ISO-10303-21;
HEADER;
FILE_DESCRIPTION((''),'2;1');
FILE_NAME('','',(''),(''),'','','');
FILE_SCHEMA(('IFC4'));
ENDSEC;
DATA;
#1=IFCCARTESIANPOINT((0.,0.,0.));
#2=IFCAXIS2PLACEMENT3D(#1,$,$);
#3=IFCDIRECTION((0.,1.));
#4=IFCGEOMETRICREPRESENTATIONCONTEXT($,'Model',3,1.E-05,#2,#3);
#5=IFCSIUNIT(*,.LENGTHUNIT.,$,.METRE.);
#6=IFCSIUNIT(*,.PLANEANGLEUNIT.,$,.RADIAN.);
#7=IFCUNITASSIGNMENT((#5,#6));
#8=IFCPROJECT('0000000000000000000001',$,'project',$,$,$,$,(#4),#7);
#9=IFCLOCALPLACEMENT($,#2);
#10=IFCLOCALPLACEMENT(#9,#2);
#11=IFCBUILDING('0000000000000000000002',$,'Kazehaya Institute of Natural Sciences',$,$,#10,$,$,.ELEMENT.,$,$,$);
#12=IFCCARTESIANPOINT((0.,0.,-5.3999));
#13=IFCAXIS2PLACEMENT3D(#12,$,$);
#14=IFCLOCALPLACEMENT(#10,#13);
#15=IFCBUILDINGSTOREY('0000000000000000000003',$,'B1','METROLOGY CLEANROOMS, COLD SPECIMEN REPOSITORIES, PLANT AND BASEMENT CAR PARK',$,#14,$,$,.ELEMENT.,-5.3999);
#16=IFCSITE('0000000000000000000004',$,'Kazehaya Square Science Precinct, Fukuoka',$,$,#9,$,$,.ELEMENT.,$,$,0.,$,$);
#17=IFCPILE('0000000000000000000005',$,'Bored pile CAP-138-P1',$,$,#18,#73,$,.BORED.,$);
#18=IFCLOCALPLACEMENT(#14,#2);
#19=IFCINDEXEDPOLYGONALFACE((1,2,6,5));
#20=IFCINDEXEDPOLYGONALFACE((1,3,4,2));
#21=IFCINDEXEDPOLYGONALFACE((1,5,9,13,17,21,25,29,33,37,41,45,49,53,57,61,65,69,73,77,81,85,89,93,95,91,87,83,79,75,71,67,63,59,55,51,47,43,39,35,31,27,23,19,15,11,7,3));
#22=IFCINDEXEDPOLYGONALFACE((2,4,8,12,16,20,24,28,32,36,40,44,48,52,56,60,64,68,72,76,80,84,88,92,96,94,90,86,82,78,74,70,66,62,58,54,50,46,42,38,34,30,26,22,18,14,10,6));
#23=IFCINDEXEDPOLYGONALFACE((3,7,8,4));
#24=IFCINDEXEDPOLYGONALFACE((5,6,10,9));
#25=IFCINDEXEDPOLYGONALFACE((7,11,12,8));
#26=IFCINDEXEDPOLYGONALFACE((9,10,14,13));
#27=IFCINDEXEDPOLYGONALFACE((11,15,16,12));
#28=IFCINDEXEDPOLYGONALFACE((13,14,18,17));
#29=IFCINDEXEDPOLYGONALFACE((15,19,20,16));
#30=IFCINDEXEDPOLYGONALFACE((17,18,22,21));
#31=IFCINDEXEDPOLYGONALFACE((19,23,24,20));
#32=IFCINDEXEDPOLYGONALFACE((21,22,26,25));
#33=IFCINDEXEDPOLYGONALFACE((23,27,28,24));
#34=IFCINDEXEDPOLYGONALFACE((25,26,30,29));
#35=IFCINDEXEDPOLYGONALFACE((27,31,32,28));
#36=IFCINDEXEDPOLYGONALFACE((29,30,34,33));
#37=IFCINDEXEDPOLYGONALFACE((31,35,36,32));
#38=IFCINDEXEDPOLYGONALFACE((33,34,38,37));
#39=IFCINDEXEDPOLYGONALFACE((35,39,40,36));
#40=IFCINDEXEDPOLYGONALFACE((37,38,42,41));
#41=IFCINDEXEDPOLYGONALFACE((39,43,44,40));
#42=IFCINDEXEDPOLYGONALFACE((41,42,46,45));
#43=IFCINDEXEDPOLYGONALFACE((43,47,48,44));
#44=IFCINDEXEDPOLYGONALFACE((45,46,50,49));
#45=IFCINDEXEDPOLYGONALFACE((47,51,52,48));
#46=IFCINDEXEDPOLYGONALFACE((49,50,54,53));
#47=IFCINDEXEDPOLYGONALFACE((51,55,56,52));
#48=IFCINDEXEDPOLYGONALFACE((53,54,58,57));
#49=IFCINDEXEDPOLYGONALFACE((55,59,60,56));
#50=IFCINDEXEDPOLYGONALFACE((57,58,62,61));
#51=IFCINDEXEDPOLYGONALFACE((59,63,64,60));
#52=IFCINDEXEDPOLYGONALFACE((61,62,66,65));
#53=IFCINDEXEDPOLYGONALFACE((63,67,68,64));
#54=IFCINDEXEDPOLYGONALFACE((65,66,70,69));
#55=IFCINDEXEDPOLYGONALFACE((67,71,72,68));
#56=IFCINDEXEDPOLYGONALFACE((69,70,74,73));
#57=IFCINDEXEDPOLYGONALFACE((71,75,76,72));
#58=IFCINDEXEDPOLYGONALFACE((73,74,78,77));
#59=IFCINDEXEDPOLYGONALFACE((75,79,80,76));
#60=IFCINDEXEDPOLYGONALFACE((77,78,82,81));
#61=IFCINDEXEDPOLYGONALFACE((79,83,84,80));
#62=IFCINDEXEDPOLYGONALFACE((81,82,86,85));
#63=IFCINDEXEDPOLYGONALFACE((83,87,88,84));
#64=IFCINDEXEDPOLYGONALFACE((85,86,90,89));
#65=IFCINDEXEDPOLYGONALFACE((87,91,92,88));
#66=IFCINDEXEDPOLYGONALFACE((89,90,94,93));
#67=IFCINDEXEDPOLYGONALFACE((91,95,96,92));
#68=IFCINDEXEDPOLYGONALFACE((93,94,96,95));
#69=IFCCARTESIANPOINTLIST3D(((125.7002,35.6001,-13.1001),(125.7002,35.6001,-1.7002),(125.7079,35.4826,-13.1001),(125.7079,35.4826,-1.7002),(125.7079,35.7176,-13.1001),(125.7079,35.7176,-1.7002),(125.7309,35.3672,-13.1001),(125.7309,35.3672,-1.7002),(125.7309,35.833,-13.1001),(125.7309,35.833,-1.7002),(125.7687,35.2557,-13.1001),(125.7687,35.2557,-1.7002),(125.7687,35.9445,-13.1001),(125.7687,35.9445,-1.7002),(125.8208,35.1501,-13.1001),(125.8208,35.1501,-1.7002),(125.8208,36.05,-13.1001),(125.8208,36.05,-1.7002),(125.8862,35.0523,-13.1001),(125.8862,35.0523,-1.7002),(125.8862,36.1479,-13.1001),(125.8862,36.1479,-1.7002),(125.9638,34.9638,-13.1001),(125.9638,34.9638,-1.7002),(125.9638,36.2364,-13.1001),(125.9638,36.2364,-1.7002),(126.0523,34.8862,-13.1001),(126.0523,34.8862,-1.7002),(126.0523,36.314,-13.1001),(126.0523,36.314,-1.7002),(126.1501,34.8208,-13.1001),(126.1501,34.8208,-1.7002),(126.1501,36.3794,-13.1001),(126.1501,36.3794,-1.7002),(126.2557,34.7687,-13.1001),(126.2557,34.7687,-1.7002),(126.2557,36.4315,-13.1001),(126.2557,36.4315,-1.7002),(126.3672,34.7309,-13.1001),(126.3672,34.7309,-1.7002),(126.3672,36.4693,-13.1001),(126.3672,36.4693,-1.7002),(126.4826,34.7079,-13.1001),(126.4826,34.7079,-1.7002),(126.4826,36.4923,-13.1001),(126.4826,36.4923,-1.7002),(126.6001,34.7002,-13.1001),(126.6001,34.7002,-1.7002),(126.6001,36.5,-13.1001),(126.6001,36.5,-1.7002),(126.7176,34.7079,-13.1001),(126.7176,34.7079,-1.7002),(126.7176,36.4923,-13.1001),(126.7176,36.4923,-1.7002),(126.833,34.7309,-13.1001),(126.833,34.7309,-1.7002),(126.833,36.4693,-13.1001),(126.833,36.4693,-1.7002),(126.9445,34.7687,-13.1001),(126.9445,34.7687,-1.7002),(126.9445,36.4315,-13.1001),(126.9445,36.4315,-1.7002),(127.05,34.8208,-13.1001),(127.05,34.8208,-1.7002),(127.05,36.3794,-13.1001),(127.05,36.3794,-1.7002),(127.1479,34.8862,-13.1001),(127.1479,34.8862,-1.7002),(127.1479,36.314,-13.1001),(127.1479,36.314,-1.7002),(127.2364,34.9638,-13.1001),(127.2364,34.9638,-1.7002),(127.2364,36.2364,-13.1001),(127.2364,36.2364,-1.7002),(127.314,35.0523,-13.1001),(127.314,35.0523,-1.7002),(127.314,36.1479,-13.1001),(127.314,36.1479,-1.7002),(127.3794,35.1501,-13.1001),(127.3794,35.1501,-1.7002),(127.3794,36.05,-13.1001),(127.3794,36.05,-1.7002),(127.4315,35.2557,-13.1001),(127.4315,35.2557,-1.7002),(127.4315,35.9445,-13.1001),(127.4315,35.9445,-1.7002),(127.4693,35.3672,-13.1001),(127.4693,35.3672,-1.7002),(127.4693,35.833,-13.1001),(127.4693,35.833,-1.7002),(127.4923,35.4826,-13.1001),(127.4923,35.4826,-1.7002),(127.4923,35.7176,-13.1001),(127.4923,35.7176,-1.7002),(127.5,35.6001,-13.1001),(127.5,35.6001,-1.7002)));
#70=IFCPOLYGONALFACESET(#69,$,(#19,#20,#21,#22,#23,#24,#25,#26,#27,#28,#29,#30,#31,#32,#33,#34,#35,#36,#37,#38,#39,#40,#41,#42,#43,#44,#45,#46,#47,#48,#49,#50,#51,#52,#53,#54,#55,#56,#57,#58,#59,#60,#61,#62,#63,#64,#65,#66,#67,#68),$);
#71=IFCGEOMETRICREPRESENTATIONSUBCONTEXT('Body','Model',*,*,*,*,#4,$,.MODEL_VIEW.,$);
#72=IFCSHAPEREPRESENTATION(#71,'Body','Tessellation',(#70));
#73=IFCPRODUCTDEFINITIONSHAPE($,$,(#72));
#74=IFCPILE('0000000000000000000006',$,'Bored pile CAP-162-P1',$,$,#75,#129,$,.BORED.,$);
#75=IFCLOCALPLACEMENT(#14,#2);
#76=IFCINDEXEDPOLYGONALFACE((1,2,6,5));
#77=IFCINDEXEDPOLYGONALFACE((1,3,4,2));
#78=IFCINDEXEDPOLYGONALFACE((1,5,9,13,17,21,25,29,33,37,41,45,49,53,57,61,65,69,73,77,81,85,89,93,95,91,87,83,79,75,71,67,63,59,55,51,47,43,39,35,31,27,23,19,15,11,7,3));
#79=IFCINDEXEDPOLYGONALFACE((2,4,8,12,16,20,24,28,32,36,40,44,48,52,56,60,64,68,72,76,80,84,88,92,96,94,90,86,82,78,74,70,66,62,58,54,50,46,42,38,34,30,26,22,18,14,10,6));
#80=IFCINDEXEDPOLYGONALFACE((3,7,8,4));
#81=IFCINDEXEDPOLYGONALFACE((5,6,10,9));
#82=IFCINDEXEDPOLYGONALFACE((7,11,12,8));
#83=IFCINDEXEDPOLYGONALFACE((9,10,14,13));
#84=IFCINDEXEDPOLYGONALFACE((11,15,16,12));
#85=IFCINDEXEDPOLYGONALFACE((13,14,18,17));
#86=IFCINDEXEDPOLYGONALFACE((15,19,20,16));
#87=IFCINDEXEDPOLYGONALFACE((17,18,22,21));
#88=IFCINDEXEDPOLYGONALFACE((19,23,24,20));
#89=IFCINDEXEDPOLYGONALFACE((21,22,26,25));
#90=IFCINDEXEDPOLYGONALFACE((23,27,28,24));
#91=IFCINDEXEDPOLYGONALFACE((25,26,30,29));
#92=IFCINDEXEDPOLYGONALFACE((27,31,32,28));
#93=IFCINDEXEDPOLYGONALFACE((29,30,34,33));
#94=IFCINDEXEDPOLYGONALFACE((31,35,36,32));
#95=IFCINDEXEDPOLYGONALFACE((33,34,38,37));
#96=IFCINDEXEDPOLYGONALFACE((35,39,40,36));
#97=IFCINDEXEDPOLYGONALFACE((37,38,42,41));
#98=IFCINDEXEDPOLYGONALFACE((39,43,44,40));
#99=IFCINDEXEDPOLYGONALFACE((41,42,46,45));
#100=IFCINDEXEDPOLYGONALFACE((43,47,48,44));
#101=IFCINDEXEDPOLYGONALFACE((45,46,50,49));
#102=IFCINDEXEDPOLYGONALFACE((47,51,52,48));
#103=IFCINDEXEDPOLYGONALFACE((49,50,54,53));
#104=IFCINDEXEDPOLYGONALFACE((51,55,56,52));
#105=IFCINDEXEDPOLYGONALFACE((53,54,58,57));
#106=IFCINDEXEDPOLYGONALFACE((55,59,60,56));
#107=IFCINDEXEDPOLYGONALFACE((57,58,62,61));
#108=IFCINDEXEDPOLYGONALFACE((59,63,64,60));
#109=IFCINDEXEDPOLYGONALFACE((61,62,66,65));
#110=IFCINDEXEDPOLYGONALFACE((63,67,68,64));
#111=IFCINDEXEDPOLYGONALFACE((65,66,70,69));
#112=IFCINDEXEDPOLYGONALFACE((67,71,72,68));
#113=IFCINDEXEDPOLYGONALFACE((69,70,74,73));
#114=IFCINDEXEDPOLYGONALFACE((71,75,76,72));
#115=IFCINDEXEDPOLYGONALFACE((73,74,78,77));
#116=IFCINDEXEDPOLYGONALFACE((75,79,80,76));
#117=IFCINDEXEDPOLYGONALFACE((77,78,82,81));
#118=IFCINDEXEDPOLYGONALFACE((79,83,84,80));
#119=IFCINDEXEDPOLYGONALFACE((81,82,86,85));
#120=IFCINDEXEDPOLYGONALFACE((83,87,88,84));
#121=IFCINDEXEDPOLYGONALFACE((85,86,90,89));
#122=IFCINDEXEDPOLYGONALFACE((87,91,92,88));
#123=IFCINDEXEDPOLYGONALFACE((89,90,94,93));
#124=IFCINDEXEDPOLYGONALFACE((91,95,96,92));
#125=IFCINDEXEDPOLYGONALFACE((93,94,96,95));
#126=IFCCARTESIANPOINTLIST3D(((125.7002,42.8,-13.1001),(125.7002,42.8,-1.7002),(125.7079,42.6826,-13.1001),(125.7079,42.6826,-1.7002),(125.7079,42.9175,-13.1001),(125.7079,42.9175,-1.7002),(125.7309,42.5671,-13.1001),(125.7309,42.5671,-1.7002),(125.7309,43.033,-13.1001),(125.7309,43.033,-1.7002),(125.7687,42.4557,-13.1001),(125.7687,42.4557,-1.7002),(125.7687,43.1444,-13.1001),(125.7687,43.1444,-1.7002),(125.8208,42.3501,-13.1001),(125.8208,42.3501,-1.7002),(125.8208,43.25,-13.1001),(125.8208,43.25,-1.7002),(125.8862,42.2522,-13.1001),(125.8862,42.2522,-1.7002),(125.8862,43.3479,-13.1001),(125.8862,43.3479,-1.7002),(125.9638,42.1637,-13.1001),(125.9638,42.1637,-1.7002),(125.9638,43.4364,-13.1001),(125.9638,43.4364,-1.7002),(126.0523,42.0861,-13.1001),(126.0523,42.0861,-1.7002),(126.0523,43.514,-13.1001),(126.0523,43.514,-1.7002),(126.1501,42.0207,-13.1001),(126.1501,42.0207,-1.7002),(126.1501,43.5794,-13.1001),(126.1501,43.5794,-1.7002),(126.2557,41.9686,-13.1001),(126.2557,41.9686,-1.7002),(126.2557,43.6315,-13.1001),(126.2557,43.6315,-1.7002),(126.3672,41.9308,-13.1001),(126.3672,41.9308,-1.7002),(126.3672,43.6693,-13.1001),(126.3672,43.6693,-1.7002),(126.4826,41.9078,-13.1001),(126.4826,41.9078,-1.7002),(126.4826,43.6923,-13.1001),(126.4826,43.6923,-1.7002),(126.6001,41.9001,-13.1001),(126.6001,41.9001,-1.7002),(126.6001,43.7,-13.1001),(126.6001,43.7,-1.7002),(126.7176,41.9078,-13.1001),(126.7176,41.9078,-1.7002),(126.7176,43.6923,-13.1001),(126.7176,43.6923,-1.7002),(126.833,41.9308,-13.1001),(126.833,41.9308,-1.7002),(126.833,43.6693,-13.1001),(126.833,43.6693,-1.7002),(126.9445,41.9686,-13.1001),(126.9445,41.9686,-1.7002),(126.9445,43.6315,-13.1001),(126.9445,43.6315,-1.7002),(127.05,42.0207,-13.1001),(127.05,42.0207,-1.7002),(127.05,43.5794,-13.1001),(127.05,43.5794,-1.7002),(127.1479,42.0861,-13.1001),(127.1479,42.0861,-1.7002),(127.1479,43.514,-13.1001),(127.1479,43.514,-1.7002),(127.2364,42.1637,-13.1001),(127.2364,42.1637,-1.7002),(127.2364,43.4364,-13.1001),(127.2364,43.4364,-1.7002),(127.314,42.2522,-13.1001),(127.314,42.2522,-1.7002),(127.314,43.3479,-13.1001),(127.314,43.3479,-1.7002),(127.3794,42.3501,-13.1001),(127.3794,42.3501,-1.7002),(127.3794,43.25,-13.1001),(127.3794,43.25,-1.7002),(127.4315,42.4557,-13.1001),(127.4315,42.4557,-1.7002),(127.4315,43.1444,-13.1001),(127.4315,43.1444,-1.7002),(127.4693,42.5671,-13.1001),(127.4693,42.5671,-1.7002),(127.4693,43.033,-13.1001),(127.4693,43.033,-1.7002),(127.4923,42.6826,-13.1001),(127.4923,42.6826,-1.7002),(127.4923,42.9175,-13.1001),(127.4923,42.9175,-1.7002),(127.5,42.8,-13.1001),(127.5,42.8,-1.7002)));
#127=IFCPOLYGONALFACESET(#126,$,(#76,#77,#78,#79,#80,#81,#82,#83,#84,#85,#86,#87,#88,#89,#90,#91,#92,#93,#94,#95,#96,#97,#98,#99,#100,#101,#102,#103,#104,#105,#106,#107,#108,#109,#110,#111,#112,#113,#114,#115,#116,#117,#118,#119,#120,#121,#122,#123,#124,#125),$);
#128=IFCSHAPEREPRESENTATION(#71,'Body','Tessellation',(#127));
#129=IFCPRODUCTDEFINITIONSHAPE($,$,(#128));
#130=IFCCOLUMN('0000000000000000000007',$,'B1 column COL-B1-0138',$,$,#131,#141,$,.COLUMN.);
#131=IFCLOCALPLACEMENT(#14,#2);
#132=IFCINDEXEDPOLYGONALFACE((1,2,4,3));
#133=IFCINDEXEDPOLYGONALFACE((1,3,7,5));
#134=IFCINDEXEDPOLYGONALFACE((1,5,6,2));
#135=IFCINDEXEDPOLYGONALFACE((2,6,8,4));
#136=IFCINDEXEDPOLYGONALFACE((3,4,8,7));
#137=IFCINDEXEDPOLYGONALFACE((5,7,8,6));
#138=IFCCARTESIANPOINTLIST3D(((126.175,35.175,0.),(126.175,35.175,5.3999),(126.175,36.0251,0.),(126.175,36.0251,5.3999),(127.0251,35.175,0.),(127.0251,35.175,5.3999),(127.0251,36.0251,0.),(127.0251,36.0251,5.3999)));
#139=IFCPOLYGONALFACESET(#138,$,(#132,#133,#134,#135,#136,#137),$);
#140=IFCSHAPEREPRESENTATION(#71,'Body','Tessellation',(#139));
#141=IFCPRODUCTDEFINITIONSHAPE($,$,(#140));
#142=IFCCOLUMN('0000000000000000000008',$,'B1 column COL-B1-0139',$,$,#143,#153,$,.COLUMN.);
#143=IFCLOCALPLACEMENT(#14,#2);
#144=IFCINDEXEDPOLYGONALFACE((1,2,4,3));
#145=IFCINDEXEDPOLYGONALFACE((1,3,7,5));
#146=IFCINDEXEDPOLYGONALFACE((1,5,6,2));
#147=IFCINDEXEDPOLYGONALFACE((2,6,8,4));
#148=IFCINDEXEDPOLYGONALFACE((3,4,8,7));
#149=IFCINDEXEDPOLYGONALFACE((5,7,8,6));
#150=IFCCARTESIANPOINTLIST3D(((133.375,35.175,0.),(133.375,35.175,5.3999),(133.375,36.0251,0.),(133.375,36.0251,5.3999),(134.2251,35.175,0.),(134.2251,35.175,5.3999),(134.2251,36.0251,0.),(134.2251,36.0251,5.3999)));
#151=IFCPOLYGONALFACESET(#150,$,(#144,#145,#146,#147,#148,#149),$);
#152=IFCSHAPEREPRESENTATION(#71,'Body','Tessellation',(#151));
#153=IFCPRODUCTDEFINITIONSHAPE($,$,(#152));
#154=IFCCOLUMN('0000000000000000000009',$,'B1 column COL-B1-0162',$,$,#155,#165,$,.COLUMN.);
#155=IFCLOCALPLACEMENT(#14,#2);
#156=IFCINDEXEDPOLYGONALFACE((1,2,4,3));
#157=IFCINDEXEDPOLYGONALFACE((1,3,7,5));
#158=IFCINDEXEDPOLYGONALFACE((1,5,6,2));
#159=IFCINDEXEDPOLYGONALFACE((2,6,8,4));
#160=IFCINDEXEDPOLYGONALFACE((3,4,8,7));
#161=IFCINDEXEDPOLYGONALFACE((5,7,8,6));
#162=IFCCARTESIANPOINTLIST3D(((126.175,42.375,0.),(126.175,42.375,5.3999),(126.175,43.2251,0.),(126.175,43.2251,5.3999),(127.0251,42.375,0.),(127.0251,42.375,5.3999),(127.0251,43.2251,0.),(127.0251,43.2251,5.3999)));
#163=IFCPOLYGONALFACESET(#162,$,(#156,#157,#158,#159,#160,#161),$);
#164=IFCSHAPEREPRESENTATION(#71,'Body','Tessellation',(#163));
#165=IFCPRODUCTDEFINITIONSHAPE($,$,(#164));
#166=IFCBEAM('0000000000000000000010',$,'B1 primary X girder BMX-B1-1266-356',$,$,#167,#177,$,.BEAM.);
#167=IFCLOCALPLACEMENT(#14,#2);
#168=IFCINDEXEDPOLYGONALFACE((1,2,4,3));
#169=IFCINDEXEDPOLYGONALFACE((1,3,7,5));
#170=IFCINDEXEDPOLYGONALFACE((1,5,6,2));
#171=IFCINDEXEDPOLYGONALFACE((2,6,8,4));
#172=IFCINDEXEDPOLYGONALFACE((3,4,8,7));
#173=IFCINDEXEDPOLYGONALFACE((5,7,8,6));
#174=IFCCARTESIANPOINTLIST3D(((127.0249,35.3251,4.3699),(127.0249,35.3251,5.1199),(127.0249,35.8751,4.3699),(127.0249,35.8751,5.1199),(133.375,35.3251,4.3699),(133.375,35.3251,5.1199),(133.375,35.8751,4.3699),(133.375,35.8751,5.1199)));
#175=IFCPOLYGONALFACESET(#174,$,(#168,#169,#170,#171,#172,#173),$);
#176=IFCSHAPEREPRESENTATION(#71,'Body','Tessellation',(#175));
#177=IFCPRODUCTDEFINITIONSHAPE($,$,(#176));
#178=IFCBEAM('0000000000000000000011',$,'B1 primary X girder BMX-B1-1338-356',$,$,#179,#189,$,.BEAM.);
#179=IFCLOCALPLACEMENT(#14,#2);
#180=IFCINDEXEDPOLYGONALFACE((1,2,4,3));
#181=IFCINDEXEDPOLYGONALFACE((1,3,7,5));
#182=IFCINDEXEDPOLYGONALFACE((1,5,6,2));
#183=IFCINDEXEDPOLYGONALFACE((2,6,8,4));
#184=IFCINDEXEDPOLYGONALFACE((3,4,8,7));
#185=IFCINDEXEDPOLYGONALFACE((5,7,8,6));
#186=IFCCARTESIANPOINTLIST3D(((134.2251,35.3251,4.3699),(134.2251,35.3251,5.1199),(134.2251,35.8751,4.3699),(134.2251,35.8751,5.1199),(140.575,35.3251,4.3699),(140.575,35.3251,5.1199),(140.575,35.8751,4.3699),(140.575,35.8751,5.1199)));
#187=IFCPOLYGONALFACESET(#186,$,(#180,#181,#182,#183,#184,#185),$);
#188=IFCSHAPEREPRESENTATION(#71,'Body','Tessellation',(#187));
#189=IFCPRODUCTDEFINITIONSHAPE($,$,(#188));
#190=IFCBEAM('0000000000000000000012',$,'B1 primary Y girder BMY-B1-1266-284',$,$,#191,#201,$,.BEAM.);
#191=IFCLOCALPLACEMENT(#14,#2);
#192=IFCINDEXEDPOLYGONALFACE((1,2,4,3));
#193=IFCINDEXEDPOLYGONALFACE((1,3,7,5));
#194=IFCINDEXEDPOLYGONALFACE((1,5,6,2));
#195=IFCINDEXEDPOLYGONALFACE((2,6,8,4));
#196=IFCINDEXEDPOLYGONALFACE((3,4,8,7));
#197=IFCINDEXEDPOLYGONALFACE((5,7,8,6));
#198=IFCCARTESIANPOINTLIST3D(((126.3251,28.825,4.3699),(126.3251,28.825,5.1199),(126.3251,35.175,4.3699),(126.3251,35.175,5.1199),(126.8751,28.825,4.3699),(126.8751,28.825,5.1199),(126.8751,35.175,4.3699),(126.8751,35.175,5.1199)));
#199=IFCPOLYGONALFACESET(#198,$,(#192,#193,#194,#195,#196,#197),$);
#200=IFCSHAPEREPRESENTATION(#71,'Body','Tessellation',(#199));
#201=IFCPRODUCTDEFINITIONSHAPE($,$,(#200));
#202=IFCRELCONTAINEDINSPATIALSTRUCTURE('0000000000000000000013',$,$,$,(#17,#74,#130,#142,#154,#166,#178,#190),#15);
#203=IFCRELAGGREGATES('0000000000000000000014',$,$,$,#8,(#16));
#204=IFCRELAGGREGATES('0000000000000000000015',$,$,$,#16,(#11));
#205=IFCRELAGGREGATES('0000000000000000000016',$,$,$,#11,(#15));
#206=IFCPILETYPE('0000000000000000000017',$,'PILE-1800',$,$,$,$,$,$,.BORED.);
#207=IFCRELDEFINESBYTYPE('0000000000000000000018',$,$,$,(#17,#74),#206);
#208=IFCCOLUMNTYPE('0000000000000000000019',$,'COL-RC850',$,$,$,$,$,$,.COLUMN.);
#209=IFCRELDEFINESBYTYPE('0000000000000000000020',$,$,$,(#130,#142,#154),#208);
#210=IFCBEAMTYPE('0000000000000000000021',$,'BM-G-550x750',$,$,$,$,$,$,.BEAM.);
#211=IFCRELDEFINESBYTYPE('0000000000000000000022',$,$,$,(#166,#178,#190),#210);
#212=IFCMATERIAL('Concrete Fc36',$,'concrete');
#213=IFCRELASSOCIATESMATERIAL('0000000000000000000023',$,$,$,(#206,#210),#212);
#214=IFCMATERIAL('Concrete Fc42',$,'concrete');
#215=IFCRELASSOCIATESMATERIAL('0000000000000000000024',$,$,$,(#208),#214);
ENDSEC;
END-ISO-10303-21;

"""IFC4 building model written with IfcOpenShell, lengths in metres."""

from ifc_helpers import new_model, si_unit, direction, frame, origin, origin_2d, place, context, subcontext, project, spatial, rectangle, circle, extrude, material, material_profile, profile_set, type_object, element, save


model = new_model("IFC4")

# Units and contexts
model_context = context("Model", 3, precision=1e-05, world=origin(), true_north=direction((0.0, 1.0)))
body_context = subcontext(model_context, "Body", "Model", "MODEL_VIEW")
ifc_project = project(units=[si_unit("LENGTHUNIT", "METRE"), si_unit("PLANEANGLEUNIT", "RADIAN")], contexts=[model_context])

# Site, building, storey
site_placement = place(None, origin())
site = spatial("IfcSite", under=ifc_project, at=site_placement, Name="Kazehaya Square Science Precinct, Fukuoka", CompositionType="ELEMENT", RefElevation=0.0)
building_placement = place(site_placement, origin())
building = spatial("IfcBuilding", under=site, at=building_placement, Name="Kazehaya Institute of Natural Sciences", CompositionType="ELEMENT")
storey_placement = place(building_placement, frame((0.0, 0.0, -5.3999)))
storey = spatial("IfcBuildingStorey", under=building, at=storey_placement, Name="B1", Description="METROLOGY CLEANROOMS, COLD SPECIMEN REPOSITORIES, PLANT AND BASEMENT CAR PARK", CompositionType="ELEMENT", Elevation=-5.3999)

# Shared definitions
ifc_material_1 = material(Name="Concrete Fc36", Category="concrete")

# Piles
ifc_material_profile_1 = material_profile(ifc_material_1, circle(Radius=0.8999, at=origin_2d()), Name="PILE-1800")
ifc_profile_set_1 = profile_set([ifc_material_profile_1], Name="Concrete Fc36")
pile_type_1 = type_object("IfcPileType", Name="PILE-1800", PredefinedType="BORED", material=ifc_profile_set_1)
for number, where, z_axis, x_axis, name in (
    (1, (126.6001, 35.6001, -1.7002), (0.0, 0.0, -1.0), (1.0, 0.0, 0.0), "Bored pile CAP-138-P1"),
    (2, (126.6001, 42.8, -1.7002), (0.0, 0.0, -1.0), (1.0, 0.0, 0.0), "Bored pile CAP-162-P1"),
):
    element("IfcPile", number, at=place(storey_placement, frame(where, z_axis=z_axis, x_axis=x_axis)), inside=storey, type_object=pile_type_1, Name=name, PredefinedType="BORED", context=body_context, shape_type="SweptSolid", body=[
        extrude(circle(Radius=0.8999, at=origin_2d()), origin(), (0.0, 0.0, 1.0), 11.3999),
    ])

# Columns
ifc_material_2 = material(Name="Concrete Fc42", Category="concrete")
ifc_material_profile_2 = material_profile(ifc_material_2, rectangle(XDim=0.8501, YDim=0.8501, at=origin_2d()), Name="RC-850x850")
ifc_profile_set_2 = profile_set([ifc_material_profile_2], Name="Concrete Fc42")
column_type = type_object("IfcColumnType", Name="COL-RC850", PredefinedType="COLUMN", material=ifc_profile_set_2)
for number, where, z_axis, x_axis, name in (
    (3, (126.6001, 35.6001, 0.0), (0.0, 0.0, 1.0), (1.0, 0.0, 0.0), "B1 column COL-B1-0138"),
    (4, (133.8, 35.6001, 0.0), (0.0, 0.0, 1.0), (1.0, 0.0, 0.0), "B1 column COL-B1-0139"),
    (5, (126.6001, 42.8, 0.0), (0.0, 0.0, 1.0), (1.0, 0.0, 0.0), "B1 column COL-B1-0162"),
):
    element("IfcColumn", number, at=place(storey_placement, frame(where, z_axis=z_axis, x_axis=x_axis)), inside=storey, type_object=column_type, Name=name, PredefinedType="COLUMN", context=body_context, shape_type="SweptSolid", body=[
        extrude(rectangle(XDim=0.8501, YDim=0.8501, at=origin_2d()), origin(), (0.0, 0.0, 1.0), 5.3999),
    ])

# Beams
ifc_material_profile_3 = material_profile(ifc_material_1, rectangle(XDim=0.55, YDim=0.75, at=origin_2d()), Name="RC-550x750")
ifc_profile_set_3 = profile_set([ifc_material_profile_3], Name="Concrete Fc36")
beam_type_1 = type_object("IfcBeamType", Name="BM-G-550x750", PredefinedType="BEAM", material=ifc_profile_set_3)
beam_1_placement = place(storey_placement, frame((127.0249, 35.6001, 4.7449), z_axis=(1.0, 0.0, 0.0), x_axis=(0.0, 1.0, 0.0)))
element("IfcBeam", 6, at=beam_1_placement, inside=storey, type_object=beam_type_1, Name="B1 primary X girder BMX-B1-1266-356", PredefinedType="BEAM", context=body_context, shape_type="SweptSolid", body=[
    extrude(rectangle(XDim=0.55, YDim=0.75, at=origin_2d()), origin(), (0.0, 0.0, 1.0), 6.3501),
])
beam_2_placement = place(storey_placement, frame((134.2251, 35.6001, 4.7449), z_axis=(1.0, 0.0, 0.0), x_axis=(0.0, 1.0, 0.0)))
element("IfcBeam", 7, at=beam_2_placement, inside=storey, type_object=beam_type_1, Name="B1 primary X girder BMX-B1-1338-356", PredefinedType="BEAM", context=body_context, shape_type="SweptSolid", body=[
    extrude(rectangle(XDim=0.55, YDim=0.75, at=origin_2d()), origin(), (0.0, 0.0, 1.0), 6.3499),
])
for number, where, z_axis, x_axis, name in (
    (8, (126.6001, 28.825, 4.7449), (0.0, 1.0, 0.0), (-1.0, 0.0, 0.0), "B1 primary Y girder BMY-B1-1266-284"),
):
    element("IfcBeam", number, at=place(storey_placement, frame(where, z_axis=z_axis, x_axis=x_axis)), inside=storey, type_object=beam_type_1, Name=name, PredefinedType="BEAM", context=body_context, shape_type="SweptSolid", body=[
        extrude(rectangle(XDim=0.55, YDim=0.75, at=origin_2d()), origin(), (0.0, 0.0, 1.0), 6.3501),
    ])

save(model, "model.ifc")
